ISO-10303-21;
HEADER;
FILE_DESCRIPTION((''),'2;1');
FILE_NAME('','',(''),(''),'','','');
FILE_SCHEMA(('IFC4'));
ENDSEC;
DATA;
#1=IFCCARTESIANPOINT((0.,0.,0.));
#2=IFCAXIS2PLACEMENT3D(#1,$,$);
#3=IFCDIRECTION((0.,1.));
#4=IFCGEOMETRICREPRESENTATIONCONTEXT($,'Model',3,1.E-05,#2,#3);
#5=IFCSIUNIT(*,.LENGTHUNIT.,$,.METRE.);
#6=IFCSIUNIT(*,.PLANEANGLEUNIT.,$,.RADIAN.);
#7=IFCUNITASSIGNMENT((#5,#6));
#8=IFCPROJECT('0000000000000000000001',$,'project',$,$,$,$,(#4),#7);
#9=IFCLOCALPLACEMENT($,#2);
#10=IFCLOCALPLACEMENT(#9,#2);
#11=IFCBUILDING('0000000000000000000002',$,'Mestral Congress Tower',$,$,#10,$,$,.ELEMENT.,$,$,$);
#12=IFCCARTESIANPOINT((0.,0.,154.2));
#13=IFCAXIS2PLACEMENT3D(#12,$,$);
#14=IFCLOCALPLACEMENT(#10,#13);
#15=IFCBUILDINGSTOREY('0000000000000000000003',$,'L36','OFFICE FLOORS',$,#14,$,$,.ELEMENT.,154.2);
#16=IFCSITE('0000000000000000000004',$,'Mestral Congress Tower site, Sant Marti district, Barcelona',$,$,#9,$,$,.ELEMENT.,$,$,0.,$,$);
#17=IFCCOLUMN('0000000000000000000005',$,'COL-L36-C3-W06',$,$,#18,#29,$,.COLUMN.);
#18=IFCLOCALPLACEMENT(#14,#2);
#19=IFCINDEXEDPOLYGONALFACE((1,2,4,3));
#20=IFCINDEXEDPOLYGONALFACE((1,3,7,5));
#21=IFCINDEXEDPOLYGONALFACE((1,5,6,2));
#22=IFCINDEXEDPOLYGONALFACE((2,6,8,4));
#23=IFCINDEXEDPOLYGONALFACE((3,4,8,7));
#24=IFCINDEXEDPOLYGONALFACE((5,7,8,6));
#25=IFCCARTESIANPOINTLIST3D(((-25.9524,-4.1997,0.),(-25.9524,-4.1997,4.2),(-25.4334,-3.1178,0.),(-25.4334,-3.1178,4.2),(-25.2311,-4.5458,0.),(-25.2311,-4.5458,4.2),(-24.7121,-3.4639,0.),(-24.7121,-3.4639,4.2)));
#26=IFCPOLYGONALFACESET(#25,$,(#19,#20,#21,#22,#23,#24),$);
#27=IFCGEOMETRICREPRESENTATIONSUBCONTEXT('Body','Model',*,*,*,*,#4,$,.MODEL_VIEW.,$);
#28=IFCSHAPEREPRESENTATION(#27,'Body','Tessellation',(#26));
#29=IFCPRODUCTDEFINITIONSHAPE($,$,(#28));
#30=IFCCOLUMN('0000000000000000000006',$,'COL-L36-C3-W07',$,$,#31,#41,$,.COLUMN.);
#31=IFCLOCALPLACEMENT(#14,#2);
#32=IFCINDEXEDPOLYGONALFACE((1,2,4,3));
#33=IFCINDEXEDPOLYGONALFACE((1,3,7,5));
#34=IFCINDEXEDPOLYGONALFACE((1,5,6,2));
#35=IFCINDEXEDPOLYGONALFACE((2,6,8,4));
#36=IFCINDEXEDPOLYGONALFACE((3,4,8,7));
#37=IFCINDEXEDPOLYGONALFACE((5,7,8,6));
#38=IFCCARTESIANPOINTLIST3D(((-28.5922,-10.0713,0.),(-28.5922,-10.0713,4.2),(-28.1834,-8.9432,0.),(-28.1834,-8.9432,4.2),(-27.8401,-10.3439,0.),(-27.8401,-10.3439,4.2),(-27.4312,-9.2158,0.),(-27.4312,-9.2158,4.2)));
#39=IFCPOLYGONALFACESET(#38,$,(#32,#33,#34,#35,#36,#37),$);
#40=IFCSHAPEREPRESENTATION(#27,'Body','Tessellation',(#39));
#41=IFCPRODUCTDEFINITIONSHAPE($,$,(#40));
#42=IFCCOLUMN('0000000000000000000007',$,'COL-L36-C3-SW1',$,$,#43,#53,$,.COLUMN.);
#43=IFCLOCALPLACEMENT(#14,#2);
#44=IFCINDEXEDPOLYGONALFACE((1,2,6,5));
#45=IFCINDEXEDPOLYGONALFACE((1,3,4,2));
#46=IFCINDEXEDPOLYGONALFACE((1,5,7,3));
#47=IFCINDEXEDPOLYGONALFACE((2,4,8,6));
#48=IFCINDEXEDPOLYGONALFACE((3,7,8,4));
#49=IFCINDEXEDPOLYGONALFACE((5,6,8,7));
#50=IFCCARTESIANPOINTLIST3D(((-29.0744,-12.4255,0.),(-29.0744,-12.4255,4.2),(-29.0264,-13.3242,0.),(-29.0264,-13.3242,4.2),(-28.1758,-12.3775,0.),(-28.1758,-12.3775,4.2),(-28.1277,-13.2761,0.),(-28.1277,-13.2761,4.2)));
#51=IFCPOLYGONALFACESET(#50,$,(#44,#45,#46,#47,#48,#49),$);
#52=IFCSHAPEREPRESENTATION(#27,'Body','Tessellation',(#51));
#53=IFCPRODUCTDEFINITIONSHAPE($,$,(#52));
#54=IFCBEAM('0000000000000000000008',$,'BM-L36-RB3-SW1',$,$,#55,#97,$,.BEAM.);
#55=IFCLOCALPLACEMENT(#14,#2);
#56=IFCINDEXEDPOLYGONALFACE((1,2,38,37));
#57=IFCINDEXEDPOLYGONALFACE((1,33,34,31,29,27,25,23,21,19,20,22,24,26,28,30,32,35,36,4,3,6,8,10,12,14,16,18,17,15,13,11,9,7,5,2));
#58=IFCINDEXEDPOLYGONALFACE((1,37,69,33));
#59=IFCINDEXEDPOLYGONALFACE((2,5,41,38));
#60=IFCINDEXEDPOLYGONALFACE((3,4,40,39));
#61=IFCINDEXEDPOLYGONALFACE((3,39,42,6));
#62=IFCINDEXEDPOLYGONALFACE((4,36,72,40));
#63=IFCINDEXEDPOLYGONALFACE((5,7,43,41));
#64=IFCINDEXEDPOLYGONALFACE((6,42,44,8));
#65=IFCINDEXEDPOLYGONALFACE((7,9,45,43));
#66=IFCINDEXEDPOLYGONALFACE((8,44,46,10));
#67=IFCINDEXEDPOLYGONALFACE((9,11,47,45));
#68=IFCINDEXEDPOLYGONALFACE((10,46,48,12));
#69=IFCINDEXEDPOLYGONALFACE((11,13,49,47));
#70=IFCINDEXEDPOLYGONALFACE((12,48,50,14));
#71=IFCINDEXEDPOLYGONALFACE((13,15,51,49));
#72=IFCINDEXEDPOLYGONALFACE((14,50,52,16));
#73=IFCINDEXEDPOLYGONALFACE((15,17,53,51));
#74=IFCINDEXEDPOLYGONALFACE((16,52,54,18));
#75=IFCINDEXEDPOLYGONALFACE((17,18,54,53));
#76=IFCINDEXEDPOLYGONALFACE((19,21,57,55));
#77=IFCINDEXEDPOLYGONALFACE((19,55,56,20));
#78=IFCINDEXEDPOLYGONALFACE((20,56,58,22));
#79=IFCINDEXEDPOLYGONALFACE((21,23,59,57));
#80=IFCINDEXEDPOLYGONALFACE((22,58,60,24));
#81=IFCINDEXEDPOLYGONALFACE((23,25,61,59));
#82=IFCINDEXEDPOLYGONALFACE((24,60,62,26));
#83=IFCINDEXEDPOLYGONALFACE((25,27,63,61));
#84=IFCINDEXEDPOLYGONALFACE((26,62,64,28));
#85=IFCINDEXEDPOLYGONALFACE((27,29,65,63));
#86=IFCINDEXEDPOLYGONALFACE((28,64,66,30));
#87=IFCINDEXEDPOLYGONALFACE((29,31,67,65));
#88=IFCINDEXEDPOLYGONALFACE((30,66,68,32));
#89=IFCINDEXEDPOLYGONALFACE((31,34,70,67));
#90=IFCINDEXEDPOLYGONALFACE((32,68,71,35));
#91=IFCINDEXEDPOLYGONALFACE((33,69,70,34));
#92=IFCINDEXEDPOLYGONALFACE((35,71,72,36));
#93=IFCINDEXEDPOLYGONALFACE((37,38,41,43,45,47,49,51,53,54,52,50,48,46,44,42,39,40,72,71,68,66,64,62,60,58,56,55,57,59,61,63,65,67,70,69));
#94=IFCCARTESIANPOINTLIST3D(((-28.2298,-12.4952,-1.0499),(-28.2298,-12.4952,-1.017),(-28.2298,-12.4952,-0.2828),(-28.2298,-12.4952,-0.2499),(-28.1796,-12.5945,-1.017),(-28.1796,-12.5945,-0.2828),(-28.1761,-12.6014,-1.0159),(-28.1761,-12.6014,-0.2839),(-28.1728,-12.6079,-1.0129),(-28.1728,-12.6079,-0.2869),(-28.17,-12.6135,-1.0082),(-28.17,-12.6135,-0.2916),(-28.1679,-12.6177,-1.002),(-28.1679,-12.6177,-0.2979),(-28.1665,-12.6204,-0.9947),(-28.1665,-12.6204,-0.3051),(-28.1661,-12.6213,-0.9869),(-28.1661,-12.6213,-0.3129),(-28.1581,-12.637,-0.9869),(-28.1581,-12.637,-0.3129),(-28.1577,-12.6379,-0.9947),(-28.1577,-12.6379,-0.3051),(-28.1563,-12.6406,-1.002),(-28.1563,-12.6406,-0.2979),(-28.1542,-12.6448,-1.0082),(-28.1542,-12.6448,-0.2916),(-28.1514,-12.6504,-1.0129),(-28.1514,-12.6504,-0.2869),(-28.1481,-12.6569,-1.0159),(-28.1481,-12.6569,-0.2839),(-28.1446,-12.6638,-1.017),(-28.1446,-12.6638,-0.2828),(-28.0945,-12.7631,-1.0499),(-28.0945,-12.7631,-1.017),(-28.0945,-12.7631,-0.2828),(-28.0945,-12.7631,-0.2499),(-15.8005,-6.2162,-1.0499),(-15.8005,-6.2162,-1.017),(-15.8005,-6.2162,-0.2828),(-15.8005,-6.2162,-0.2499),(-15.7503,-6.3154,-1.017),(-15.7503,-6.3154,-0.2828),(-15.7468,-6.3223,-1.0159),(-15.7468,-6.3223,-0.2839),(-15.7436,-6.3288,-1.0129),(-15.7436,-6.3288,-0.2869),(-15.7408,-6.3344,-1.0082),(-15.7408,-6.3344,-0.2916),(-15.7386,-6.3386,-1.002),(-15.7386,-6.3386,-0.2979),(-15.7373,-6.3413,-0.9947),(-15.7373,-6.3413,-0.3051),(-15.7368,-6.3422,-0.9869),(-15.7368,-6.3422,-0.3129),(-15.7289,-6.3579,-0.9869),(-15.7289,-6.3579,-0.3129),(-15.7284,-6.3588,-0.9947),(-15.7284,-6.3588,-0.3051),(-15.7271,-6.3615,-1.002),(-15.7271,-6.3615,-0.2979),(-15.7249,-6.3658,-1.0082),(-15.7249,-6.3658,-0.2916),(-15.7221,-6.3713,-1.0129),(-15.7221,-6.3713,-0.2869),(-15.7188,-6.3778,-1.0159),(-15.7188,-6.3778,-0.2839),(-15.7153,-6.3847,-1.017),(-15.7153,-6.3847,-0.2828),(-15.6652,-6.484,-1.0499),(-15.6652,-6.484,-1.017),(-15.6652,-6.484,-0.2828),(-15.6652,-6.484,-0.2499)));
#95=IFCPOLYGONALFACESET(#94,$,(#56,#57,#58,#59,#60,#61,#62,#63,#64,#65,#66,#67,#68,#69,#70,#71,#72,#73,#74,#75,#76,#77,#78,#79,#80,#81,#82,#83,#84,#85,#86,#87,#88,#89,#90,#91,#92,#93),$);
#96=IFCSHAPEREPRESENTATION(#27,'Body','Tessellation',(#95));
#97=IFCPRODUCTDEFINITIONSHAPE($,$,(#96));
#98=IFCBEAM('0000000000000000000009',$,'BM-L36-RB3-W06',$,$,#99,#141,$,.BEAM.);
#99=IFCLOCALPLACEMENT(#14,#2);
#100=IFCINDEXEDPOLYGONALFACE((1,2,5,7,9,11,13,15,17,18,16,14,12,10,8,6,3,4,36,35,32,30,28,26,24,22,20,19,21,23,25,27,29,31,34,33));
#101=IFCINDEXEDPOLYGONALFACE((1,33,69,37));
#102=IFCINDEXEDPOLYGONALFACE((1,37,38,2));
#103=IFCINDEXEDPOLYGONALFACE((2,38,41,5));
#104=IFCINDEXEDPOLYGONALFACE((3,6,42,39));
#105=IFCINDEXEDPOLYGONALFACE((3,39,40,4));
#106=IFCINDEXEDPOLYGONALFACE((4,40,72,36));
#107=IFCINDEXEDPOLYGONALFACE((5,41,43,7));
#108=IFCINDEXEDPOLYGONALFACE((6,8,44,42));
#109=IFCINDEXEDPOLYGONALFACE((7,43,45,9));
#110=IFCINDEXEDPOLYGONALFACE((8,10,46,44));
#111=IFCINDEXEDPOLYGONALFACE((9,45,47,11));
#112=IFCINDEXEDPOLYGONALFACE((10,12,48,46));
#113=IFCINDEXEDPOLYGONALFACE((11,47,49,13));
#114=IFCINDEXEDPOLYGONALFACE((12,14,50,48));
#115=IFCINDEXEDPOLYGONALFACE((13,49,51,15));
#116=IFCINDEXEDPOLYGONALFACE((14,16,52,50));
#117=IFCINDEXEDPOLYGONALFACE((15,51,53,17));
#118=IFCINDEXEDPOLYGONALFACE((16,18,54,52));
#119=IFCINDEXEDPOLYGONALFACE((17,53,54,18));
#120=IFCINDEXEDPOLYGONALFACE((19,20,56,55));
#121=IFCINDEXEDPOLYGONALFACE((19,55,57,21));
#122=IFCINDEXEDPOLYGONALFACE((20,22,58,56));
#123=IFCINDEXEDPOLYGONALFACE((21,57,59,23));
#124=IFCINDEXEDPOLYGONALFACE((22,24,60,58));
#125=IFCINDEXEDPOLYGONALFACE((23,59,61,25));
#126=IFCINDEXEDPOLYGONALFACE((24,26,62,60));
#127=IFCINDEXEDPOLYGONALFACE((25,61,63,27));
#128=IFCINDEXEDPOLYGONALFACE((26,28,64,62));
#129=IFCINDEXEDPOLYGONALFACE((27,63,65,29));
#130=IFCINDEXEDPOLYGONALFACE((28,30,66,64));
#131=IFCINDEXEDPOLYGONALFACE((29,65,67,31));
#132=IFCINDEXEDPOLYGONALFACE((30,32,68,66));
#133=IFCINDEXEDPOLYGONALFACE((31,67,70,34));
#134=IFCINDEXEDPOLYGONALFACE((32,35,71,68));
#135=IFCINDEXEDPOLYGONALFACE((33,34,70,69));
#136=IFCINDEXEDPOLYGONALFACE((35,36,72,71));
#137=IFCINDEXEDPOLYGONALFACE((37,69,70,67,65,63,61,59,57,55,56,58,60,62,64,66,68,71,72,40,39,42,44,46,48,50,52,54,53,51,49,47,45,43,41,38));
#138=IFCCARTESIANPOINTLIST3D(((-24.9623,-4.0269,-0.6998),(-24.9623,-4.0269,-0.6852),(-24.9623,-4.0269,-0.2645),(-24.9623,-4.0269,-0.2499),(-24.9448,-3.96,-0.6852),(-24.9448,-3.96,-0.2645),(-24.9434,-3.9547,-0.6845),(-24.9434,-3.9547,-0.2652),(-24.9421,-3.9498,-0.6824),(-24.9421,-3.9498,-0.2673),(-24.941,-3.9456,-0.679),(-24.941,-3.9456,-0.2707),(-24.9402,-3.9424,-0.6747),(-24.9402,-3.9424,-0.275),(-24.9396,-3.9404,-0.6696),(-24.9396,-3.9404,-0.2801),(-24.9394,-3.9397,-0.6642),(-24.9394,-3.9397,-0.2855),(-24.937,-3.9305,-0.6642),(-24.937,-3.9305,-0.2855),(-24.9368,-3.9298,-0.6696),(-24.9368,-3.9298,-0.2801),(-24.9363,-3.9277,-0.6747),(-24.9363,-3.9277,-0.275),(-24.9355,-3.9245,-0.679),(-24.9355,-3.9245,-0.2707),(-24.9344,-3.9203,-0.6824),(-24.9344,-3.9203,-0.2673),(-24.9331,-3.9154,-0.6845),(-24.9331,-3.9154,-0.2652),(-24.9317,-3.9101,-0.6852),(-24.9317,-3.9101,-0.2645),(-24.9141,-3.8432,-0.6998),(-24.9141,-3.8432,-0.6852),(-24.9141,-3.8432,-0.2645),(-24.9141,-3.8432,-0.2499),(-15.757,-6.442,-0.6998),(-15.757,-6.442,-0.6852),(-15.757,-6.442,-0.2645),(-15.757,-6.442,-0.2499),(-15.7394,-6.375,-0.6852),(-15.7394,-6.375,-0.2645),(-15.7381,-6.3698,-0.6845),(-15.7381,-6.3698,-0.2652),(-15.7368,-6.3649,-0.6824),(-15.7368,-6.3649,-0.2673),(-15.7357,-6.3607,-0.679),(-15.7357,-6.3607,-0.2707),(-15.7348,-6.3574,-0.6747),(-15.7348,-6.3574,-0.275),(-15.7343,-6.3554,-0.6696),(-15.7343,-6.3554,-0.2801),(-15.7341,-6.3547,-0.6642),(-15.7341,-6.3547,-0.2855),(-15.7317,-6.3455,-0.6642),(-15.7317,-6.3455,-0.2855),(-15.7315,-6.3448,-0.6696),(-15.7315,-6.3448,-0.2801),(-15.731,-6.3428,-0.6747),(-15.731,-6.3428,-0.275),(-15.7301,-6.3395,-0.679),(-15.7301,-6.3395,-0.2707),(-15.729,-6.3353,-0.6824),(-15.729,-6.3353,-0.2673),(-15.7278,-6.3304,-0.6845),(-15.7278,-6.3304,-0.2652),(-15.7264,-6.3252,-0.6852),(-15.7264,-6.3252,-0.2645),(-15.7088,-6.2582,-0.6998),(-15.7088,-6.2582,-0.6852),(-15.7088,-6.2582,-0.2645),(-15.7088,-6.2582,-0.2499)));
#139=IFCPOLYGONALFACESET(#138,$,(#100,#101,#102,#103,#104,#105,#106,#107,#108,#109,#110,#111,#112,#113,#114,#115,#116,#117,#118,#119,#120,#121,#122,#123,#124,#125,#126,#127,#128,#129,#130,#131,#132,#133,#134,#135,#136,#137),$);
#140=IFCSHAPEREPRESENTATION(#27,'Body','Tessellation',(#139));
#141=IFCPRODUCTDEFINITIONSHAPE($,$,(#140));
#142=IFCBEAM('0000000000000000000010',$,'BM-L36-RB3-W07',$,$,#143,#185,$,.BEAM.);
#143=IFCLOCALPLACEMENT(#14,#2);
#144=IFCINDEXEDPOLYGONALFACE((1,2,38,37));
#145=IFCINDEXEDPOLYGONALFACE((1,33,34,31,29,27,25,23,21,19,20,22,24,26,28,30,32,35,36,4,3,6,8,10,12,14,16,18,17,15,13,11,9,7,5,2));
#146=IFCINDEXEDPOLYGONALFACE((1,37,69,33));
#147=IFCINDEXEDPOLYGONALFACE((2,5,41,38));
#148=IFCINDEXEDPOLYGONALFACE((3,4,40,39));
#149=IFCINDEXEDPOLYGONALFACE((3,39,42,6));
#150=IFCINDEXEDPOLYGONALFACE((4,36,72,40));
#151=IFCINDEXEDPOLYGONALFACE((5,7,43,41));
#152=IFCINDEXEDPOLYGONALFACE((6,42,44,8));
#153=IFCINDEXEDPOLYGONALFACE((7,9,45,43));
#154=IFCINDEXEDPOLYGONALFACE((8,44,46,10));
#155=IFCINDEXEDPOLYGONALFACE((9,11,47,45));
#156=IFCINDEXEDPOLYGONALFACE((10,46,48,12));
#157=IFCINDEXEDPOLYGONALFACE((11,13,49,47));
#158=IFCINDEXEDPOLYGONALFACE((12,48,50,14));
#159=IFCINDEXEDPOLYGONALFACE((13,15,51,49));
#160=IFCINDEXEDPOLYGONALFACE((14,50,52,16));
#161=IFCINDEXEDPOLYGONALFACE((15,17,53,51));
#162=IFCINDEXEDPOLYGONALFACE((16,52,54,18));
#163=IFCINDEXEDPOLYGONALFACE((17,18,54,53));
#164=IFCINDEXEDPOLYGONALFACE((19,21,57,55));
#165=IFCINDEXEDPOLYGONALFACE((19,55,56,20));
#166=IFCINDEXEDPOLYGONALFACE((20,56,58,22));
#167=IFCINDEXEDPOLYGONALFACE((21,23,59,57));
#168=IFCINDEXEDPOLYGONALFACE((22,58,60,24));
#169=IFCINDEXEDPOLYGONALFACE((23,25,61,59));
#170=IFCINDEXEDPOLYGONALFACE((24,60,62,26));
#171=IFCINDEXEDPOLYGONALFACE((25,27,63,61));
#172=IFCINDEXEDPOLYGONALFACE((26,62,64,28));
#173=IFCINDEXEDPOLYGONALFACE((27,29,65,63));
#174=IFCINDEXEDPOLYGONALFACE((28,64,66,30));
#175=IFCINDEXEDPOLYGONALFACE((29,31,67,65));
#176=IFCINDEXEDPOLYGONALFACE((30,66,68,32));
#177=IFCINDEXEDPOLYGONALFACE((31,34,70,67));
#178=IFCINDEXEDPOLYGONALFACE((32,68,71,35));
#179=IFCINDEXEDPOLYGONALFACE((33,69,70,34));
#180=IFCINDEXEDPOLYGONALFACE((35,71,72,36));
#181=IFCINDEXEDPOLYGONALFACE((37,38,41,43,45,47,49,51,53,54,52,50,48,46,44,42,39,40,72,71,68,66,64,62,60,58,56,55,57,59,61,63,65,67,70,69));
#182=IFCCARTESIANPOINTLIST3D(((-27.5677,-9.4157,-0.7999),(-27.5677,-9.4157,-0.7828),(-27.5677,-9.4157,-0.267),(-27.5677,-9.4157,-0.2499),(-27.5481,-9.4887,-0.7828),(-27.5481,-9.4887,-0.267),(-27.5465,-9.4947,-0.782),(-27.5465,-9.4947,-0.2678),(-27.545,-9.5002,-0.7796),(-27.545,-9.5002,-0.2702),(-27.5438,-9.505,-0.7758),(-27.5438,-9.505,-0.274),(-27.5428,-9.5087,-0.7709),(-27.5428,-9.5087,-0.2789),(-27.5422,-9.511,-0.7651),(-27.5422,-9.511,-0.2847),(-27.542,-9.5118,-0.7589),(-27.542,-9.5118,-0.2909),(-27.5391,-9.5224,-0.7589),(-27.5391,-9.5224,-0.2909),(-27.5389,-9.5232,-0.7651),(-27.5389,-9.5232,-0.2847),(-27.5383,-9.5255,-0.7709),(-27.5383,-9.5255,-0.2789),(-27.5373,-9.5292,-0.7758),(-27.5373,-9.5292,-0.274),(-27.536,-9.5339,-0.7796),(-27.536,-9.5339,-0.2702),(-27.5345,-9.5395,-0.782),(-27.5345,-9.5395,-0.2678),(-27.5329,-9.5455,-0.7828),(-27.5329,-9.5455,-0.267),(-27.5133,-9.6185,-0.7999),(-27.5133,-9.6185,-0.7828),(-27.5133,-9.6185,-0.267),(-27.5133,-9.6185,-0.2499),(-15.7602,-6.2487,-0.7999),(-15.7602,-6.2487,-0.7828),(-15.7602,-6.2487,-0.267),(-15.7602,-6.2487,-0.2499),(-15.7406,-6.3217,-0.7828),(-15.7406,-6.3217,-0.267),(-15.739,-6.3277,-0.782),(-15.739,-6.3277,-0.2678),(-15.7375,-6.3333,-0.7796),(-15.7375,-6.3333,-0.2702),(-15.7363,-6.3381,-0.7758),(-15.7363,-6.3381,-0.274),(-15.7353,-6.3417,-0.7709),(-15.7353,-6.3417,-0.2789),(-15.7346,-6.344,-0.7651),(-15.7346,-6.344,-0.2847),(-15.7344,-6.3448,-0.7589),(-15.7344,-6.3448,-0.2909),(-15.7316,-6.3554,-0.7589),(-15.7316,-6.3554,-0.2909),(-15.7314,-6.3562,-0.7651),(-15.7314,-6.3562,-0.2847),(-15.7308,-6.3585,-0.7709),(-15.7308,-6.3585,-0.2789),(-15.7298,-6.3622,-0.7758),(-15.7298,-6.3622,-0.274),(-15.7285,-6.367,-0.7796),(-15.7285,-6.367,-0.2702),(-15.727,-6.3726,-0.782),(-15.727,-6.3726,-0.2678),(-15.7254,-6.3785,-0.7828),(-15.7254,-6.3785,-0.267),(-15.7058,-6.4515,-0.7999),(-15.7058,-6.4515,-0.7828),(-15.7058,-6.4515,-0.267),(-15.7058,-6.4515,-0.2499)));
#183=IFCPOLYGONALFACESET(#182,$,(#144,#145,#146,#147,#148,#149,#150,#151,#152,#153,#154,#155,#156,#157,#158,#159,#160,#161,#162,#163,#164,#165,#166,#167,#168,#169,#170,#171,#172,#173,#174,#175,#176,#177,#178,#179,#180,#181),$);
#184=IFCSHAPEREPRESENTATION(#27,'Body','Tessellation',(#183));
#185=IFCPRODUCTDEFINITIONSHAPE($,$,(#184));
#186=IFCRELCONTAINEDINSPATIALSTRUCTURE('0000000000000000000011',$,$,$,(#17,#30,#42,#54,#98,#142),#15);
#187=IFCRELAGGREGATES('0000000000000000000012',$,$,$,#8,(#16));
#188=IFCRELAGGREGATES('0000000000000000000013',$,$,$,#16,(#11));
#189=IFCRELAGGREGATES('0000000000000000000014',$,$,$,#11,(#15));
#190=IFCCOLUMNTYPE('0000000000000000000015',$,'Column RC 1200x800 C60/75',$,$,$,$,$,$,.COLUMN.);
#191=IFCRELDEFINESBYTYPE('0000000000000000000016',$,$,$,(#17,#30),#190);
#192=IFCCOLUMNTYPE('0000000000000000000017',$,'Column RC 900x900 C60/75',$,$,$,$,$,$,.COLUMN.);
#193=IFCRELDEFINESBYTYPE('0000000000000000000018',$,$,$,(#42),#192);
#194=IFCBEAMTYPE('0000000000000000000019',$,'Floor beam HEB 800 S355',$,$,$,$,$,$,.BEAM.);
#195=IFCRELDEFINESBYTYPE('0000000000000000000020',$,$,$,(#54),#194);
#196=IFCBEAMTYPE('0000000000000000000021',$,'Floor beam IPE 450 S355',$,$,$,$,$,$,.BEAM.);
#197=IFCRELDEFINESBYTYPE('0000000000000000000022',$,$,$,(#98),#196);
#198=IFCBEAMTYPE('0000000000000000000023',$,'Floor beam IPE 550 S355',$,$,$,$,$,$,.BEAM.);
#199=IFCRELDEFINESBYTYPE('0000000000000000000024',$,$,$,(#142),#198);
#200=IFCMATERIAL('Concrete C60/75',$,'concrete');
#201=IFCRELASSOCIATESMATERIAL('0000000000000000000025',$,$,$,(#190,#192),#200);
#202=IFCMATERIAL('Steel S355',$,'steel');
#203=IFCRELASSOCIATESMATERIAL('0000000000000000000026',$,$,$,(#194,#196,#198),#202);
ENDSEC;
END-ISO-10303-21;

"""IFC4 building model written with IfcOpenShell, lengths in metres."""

from ifc_helpers import new_model, si_unit, direction, frame, origin, origin_2d, place, context, subcontext, project, spatial, rectangle, i_section, extrude, material, material_profile, profile_set, type_object, element, save


model = new_model("IFC4")

# Units and contexts
model_context = context("Model", 3, precision=1e-05, world=origin(), true_north=direction((0.0, 1.0)))
body_context = subcontext(model_context, "Body", "Model", "MODEL_VIEW")
ifc_project = project(units=[si_unit("LENGTHUNIT", "METRE"), si_unit("PLANEANGLEUNIT", "RADIAN")], contexts=[model_context])

# Site, building, storey
site_placement = place(None, origin())
site = spatial("IfcSite", under=ifc_project, at=site_placement, Name="Mestral Congress Tower site, Sant Marti district, Barcelona", CompositionType="ELEMENT", RefElevation=0.0)
building_placement = place(site_placement, origin())
building = spatial("IfcBuilding", under=site, at=building_placement, Name="Mestral Congress Tower", CompositionType="ELEMENT")
storey_placement = place(building_placement, frame((0.0, 0.0, 154.2)))
storey = spatial("IfcBuildingStorey", under=building, at=storey_placement, Name="L36", Description="OFFICE FLOORS", CompositionType="ELEMENT", Elevation=154.2)

# Columns
ifc_material_1 = material(Name="Concrete C60/75", Category="concrete")
ifc_material_profile_1 = material_profile(ifc_material_1, rectangle(XDim=1.2, YDim=0.8, at=origin_2d()), Name="RC 1200x800")
ifc_profile_set_1 = profile_set([ifc_material_profile_1], Name="Concrete C60/75")
column_type_1 = type_object("IfcColumnType", Name="Column RC 1200x800 C60/75", PredefinedType="COLUMN", material=ifc_profile_set_1)
for number, where, z_axis, x_axis, name in (
    (1, (-25.3323, -3.8318, 0.0), (0.0, 0.0, 1.0), (-0.432522, -0.901624, 0.0), "COL-L36-C3-W06"),
    (2, (-28.0117, -9.6436, 0.0), (0.0, 0.0, 1.0), (-0.340744, -0.940156, 0.0), "COL-L36-C3-W07"),
):
    element("IfcColumn", number, at=place(storey_placement, frame(where, z_axis=z_axis, x_axis=x_axis)), inside=storey, type_object=column_type_1, Name=name, PredefinedType="COLUMN", context=body_context, shape_type="SweptSolid", body=[
        extrude(rectangle(XDim=1.2, YDim=0.8, at=origin_2d()), origin(), (0.0, 0.0, 1.0), 4.2),
    ])
ifc_material_profile_2 = material_profile(ifc_material_1, rectangle(XDim=0.8999, YDim=0.8999, at=origin_2d()), Name="RC 900x900")
ifc_profile_set_2 = profile_set([ifc_material_profile_2], Name="Concrete C60/75")
column_type_2 = type_object("IfcColumnType", Name="Column RC 900x900 C60/75", PredefinedType="COLUMN", material=ifc_profile_set_2)
column_placement = place(storey_placement, frame((-28.6011, -12.8508, 0.0), z_axis=(0.0, 0.0, 1.0), x_axis=(0.053392, -0.998574, 0.0)))
element("IfcColumn", 3, at=column_placement, inside=storey, type_object=column_type_2, Name="COL-L36-C3-SW1", PredefinedType="COLUMN", context=body_context, shape_type="SweptSolid", body=[
    extrude(rectangle(XDim=0.8999, YDim=0.8999, at=origin_2d()), origin(), (0.0, 0.0, 1.0), 4.2),
])

# Beams
ifc_material_2 = material(Name="Steel S355", Category="steel")
ifc_material_profile_3 = material_profile(ifc_material_2, i_section(OverallWidth=0.3, OverallDepth=0.8, WebThickness=0.0176, FlangeThickness=0.033, FilletRadius=0.03, at=origin_2d()), Name="HEB 800")
ifc_profile_set_3 = profile_set([ifc_material_profile_3], Name="Steel S355")
beam_type_1 = type_object("IfcBeamType", Name="Floor beam HEB 800 S355", PredefinedType="BEAM", material=ifc_profile_set_3)
beam_1_placement = place(storey_placement, frame((-28.1621, -12.6292, -0.6499), z_axis=(0.892568, 0.450913, 0.0), x_axis=(-0.450913, 0.892568, 0.0)))
element("IfcBeam", 4, at=beam_1_placement, inside=storey, type_object=beam_type_1, Name="BM-L36-RB3-SW1", PredefinedType="BEAM", context=body_context, shape_type="SweptSolid", body=[
    extrude(i_section(OverallWidth=0.3, OverallDepth=0.8, WebThickness=0.0176, FlangeThickness=0.033, FilletRadius=0.03, at=origin_2d()), origin(), (0.0, 0.0, 1.0), 13.9253),
])
ifc_material_profile_4 = material_profile(ifc_material_2, i_section(OverallWidth=0.1899, OverallDepth=0.45, WebThickness=0.0095, FlangeThickness=0.0146, FilletRadius=0.021, at=origin_2d()), Name="IPE 450")
ifc_profile_set_4 = profile_set([ifc_material_profile_4], Name="Steel S355")
beam_type_2 = type_object("IfcBeamType", Name="Floor beam IPE 450 S355", PredefinedType="BEAM", material=ifc_profile_set_4)
beam_2_placement = place(storey_placement, frame((-24.9382, -3.9351, -0.4749), z_axis=(0.967266, -0.253765, 0.0), x_axis=(0.253765, 0.967266, 0.0)))
element("IfcBeam", 5, at=beam_2_placement, inside=storey, type_object=beam_type_2, Name="BM-L36-RB3-W06", PredefinedType="BEAM", context=body_context, shape_type="SweptSolid", body=[
    extrude(i_section(OverallWidth=0.1899, OverallDepth=0.45, WebThickness=0.0095, FlangeThickness=0.0146, FilletRadius=0.021, at=origin_2d()), origin(), (0.0, 0.0, 1.0), 9.5168),
])
ifc_material_profile_5 = material_profile(ifc_material_2, i_section(OverallWidth=0.21, OverallDepth=0.55, WebThickness=0.011, FlangeThickness=0.0171, FilletRadius=0.0239, at=origin_2d()), Name="IPE 550")
ifc_profile_set_5 = profile_set([ifc_material_profile_5], Name="Steel S355")
beam_type_3 = type_object("IfcBeamType", Name="Floor beam IPE 550 S355", PredefinedType="BEAM", material=ifc_profile_set_5)
beam_3_placement = place(storey_placement, frame((-27.5405, -9.5171, -0.5249), z_axis=(0.965861, 0.259059, 0.0), x_axis=(-0.259059, 0.965861, 0.0)))
element("IfcBeam", 6, at=beam_3_placement, inside=storey, type_object=beam_type_3, Name="BM-L36-RB3-W07", PredefinedType="BEAM", context=body_context, shape_type="SweptSolid", body=[
    extrude(i_section(OverallWidth=0.21, OverallDepth=0.55, WebThickness=0.011, FlangeThickness=0.0171, FilletRadius=0.0239, at=origin_2d()), origin(), (0.0, 0.0, 1.0), 12.2249),
])

save(model, "model.ifc")
